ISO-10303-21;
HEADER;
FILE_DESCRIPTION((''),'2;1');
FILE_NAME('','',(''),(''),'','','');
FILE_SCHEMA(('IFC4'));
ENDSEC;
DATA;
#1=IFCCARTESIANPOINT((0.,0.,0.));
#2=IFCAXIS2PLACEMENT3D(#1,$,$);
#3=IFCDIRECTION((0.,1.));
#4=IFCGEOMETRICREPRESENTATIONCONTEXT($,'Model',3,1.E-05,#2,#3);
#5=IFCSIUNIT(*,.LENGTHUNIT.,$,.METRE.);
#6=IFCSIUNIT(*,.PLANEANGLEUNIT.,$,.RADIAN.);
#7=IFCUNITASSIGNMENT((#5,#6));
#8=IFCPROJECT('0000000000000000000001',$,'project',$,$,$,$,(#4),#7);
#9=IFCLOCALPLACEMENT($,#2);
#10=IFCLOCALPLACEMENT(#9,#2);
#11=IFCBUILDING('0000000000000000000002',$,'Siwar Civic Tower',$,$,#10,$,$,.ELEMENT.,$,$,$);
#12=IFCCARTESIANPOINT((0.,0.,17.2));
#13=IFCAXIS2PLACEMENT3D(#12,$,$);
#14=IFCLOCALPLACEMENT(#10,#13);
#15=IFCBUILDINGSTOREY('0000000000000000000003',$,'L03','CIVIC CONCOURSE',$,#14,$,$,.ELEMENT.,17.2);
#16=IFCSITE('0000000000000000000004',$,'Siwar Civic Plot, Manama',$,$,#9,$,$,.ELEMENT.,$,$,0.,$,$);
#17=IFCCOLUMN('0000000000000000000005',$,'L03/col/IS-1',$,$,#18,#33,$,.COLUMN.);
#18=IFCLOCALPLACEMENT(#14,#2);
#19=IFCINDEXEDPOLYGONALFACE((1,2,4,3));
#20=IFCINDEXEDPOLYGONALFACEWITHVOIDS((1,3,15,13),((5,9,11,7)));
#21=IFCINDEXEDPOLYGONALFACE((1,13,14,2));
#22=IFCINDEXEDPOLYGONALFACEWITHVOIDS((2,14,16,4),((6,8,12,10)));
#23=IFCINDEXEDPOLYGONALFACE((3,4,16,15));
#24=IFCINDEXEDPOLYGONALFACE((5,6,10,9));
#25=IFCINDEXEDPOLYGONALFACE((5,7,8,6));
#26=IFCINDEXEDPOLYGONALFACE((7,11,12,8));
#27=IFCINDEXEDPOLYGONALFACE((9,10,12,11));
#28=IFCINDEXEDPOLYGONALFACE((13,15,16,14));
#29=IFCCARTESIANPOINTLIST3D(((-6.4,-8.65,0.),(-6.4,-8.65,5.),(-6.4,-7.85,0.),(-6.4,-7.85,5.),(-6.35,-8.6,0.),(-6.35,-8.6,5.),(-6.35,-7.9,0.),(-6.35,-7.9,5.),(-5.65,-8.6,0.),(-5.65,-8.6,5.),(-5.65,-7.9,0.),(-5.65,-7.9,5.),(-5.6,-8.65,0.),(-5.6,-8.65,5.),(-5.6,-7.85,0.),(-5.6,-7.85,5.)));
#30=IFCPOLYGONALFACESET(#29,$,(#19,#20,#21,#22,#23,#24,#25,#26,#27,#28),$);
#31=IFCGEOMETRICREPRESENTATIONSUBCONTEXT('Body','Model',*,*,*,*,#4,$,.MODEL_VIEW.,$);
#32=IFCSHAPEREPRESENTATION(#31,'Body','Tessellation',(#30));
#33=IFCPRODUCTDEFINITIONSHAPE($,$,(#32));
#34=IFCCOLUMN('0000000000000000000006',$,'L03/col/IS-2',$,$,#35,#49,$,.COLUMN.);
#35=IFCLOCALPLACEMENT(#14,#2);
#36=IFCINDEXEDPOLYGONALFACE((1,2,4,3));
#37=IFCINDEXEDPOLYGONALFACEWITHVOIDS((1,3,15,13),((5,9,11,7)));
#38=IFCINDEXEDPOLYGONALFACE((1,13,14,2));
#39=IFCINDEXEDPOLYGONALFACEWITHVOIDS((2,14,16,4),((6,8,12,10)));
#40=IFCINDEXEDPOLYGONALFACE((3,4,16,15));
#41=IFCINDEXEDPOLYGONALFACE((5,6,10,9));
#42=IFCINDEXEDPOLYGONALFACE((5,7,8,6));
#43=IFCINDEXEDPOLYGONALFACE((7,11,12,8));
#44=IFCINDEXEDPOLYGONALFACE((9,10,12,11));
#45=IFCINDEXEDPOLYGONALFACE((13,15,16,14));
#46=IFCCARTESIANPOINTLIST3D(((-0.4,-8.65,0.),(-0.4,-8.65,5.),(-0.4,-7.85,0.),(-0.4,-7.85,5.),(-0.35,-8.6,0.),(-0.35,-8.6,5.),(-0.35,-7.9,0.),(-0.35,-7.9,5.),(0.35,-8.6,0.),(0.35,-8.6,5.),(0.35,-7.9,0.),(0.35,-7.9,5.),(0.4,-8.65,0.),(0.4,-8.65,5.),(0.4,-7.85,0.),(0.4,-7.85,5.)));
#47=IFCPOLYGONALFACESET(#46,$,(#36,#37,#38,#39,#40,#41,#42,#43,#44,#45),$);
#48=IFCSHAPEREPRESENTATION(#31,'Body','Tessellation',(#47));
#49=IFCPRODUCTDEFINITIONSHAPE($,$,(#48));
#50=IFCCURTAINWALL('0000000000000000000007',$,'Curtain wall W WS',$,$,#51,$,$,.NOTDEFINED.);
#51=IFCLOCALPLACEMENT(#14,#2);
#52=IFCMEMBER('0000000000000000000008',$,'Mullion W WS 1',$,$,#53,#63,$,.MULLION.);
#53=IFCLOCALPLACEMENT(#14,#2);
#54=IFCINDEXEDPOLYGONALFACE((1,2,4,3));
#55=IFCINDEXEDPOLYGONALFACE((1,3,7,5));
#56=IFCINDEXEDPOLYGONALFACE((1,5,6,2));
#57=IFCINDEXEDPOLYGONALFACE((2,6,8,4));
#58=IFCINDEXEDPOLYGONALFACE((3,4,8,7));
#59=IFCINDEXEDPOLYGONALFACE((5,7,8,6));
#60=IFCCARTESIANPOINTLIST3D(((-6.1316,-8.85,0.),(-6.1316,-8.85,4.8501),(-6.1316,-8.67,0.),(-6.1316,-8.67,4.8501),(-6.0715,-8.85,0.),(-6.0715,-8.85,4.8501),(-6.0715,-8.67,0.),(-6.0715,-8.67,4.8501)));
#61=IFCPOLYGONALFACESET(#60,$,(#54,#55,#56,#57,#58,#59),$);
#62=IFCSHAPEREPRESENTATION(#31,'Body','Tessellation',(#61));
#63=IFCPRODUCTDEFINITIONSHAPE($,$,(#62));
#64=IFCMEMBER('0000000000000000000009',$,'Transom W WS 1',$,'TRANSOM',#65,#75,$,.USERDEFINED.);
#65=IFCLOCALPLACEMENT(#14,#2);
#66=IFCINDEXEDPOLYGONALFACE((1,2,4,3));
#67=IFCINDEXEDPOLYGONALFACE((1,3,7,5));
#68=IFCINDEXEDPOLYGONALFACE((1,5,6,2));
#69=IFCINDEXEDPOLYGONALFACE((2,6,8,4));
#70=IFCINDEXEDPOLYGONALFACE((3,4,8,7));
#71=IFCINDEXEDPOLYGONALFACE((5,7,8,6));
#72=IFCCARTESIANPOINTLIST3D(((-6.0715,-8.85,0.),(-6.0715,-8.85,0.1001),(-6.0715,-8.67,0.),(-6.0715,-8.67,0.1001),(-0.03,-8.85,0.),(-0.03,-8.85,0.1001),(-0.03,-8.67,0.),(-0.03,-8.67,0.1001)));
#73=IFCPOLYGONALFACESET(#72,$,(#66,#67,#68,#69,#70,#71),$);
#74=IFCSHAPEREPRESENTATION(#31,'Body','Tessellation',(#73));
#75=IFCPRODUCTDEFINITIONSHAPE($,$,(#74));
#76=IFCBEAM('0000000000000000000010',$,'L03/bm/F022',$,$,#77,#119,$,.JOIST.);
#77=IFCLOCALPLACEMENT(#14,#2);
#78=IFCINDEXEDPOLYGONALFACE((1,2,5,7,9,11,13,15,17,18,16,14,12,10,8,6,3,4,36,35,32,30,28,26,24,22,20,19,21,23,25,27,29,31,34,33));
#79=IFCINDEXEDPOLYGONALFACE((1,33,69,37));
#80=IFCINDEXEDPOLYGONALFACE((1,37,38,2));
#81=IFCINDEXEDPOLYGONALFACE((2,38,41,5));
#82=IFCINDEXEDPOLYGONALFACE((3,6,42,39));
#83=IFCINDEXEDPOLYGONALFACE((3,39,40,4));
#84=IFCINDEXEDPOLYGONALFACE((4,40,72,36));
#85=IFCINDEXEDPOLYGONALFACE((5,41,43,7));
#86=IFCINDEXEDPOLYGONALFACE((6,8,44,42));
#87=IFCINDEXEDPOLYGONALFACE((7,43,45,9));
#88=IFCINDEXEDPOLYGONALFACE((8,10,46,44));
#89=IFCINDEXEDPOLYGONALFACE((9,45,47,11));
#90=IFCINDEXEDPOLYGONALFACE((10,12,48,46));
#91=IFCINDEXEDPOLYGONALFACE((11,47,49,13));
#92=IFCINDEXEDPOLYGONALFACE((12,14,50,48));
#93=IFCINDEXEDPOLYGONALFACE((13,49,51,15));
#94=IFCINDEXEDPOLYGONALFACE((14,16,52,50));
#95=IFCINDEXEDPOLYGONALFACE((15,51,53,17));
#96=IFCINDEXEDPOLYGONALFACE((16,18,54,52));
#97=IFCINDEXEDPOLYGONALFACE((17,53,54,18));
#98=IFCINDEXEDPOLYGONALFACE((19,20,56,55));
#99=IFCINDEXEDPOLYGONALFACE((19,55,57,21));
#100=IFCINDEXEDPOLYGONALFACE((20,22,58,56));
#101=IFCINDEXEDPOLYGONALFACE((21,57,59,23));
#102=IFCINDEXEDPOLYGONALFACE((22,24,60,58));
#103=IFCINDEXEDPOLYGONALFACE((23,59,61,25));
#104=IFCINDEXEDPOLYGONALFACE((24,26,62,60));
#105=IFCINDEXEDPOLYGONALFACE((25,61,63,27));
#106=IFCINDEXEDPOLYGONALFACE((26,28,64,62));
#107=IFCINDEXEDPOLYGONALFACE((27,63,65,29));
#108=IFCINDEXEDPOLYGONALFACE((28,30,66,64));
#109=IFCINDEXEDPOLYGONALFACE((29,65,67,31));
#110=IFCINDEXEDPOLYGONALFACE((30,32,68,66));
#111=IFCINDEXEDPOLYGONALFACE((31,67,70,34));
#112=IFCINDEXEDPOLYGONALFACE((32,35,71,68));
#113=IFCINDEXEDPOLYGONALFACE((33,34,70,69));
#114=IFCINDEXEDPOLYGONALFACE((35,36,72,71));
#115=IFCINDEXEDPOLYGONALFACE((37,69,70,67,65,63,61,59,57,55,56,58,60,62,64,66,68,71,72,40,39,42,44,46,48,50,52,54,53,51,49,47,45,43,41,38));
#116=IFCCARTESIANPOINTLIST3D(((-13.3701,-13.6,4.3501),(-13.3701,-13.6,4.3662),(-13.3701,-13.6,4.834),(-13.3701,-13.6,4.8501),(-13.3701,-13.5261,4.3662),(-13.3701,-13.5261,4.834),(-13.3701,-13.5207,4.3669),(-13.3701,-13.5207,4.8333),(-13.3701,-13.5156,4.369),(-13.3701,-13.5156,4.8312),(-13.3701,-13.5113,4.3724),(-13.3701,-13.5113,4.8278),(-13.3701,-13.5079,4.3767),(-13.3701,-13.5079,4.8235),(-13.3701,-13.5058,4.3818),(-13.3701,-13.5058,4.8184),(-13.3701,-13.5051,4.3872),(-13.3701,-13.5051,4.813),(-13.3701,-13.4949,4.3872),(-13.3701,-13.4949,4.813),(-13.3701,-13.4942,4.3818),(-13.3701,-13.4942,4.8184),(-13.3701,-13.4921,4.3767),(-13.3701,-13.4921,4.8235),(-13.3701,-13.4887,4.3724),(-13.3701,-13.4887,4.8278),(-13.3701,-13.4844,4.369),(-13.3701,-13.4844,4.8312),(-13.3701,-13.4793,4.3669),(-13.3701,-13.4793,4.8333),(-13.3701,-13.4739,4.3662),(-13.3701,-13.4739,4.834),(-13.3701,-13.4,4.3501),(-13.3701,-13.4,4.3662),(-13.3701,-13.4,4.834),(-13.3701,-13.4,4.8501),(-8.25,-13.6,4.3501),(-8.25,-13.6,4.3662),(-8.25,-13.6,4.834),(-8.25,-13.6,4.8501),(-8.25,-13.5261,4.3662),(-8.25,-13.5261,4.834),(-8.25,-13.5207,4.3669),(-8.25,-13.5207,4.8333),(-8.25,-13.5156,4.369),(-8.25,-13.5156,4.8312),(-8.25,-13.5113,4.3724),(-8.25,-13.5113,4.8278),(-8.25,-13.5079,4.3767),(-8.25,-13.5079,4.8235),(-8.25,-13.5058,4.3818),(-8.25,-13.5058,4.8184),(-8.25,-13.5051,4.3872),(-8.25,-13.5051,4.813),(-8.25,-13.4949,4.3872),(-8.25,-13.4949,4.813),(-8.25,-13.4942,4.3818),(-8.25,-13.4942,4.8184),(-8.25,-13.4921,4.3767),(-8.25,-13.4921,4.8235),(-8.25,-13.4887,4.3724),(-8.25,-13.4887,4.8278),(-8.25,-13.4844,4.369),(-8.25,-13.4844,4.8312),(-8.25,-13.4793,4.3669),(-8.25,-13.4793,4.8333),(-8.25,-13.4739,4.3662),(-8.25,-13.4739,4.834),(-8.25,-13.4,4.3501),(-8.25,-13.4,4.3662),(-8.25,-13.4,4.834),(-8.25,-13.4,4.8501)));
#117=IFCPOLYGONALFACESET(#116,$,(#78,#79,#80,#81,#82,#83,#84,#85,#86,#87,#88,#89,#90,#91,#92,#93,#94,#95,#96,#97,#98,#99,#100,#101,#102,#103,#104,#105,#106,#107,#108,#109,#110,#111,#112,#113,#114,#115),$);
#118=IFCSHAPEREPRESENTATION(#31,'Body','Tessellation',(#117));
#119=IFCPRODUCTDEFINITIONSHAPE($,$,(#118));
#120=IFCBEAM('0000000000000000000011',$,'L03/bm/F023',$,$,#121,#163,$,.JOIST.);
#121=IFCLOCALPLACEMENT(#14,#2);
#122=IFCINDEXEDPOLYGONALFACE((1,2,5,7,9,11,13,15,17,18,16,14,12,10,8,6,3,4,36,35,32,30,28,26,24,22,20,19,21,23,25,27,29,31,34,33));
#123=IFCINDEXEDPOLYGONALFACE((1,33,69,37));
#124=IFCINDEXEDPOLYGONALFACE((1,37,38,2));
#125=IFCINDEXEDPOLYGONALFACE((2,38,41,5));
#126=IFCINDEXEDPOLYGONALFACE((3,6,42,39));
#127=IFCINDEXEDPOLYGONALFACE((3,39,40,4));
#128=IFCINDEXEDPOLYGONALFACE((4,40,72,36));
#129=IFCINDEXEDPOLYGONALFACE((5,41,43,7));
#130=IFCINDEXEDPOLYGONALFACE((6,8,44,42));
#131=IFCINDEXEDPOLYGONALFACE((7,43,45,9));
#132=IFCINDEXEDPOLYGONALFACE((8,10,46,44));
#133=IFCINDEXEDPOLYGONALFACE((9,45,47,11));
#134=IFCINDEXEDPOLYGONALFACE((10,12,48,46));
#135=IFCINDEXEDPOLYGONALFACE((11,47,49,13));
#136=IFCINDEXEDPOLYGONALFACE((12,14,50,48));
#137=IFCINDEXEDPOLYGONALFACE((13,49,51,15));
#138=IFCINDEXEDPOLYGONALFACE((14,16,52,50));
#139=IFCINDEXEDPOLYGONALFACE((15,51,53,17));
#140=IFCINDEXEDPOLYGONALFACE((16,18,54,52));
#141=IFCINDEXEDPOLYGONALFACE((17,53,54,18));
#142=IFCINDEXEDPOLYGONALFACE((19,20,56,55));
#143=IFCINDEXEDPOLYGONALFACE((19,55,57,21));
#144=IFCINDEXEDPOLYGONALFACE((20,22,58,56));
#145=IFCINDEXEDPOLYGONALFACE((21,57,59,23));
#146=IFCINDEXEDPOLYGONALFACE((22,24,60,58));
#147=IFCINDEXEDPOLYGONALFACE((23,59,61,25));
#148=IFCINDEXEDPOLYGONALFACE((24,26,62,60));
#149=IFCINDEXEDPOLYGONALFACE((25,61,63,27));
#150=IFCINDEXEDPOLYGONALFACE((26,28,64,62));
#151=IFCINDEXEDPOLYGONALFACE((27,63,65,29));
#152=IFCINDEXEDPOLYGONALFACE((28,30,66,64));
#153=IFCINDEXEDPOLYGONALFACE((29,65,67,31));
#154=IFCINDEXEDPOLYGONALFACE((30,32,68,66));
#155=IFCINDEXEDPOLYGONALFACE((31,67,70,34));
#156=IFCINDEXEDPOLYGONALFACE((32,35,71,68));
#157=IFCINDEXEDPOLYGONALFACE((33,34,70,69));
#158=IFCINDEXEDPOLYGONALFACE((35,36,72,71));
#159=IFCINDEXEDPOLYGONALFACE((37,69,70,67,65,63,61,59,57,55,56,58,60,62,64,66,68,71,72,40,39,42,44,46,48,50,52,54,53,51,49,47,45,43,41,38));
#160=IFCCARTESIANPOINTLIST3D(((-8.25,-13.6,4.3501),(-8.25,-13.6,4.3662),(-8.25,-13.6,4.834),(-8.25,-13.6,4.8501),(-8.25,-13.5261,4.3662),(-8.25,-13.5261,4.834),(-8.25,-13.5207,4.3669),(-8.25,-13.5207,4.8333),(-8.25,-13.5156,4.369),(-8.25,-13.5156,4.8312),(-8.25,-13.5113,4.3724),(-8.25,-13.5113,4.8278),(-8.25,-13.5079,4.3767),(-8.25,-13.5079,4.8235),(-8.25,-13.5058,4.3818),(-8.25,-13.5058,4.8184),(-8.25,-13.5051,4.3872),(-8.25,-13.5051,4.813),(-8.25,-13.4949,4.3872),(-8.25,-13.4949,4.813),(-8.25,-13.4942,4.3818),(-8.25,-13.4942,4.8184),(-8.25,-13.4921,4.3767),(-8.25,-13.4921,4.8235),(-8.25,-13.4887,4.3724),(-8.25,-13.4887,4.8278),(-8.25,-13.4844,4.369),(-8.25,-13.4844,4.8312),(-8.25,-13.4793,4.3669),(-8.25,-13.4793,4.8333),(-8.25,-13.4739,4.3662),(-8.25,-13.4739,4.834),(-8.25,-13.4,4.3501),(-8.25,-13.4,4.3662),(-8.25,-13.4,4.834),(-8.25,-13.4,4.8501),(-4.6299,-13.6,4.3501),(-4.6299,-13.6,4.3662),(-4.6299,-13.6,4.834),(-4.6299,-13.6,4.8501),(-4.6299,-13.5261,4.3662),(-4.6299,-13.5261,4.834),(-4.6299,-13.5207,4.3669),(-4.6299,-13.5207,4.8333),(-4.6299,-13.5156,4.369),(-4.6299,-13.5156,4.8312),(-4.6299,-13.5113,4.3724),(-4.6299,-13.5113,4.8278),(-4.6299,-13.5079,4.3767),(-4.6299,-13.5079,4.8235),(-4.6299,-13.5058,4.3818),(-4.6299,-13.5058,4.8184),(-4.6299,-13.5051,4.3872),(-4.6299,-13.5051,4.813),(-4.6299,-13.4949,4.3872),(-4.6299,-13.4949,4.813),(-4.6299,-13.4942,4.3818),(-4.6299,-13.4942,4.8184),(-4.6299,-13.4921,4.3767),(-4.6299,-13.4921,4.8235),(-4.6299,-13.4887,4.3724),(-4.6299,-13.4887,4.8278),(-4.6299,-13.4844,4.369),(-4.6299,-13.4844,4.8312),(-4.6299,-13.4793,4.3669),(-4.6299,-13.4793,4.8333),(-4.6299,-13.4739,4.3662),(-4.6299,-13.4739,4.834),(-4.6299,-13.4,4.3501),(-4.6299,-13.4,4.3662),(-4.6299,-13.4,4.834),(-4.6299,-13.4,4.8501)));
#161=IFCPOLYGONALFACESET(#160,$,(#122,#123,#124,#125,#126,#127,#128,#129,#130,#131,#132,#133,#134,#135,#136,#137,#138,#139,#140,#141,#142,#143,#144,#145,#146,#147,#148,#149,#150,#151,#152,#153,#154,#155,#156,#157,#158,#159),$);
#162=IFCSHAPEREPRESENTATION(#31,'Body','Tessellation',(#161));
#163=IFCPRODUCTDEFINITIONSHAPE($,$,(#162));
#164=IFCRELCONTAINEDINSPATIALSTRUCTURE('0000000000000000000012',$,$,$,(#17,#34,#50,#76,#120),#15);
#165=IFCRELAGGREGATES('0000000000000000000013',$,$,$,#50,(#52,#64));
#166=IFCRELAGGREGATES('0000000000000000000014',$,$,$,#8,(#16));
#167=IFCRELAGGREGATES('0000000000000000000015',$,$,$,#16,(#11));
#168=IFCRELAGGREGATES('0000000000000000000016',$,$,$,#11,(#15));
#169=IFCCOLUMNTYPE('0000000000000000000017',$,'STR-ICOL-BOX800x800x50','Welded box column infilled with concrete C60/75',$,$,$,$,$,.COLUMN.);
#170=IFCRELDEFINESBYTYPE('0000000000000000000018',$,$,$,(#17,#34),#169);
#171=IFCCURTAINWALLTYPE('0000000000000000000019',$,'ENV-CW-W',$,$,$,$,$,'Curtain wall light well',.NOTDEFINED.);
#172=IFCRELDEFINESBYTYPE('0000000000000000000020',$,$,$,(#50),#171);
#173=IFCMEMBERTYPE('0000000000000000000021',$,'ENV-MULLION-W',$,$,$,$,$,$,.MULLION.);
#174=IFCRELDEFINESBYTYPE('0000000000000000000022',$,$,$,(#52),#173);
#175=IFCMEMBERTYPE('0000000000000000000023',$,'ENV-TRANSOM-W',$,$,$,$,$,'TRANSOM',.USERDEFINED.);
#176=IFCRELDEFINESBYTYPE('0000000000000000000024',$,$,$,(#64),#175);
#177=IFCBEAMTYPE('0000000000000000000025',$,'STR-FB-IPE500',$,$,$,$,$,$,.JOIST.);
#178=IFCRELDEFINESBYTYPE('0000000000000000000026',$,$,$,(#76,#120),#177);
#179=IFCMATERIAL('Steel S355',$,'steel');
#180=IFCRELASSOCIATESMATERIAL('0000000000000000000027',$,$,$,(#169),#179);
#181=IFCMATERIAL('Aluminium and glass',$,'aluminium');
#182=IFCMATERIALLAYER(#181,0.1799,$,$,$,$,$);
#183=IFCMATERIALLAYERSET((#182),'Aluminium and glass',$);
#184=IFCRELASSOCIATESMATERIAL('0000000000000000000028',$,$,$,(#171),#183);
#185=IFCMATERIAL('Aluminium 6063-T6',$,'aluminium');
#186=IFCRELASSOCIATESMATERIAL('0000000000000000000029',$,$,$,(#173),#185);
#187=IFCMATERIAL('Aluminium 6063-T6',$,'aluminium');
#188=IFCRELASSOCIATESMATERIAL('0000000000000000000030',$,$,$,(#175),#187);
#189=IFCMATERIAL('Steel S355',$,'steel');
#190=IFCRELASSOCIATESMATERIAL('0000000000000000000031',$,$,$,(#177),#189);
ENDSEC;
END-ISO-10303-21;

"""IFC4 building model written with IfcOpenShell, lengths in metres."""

from ifc_helpers import new_model, si_unit, direction, frame, origin, origin_2d, place, context, subcontext, project, spatial, rectangle, hollow_rectangle, i_section, extrude, material, layer, layer_set, material_profile, profile_set, type_object, element, aggregate, save


model = new_model("IFC4")

# Units and contexts
model_context = context("Model", 3, precision=1e-05, world=origin(), true_north=direction((0.0, 1.0)))
body_context = subcontext(model_context, "Body", "Model", "MODEL_VIEW")
ifc_project = project(units=[si_unit("LENGTHUNIT", "METRE"), si_unit("PLANEANGLEUNIT", "RADIAN")], contexts=[model_context])

# Site, building, storey
site_placement = place(None, origin())
site = spatial("IfcSite", under=ifc_project, at=site_placement, Name="Siwar Civic Plot, Manama", CompositionType="ELEMENT", RefElevation=0.0)
building_placement = place(site_placement, origin())
building = spatial("IfcBuilding", under=site, at=building_placement, Name="Siwar Civic Tower", CompositionType="ELEMENT")
storey_placement = place(building_placement, frame((0.0, 0.0, 17.2)))
storey = spatial("IfcBuildingStorey", under=building, at=storey_placement, Name="L03", Description="CIVIC CONCOURSE", CompositionType="ELEMENT", Elevation=17.2)

# Columns
ifc_material_1 = material(Name="Steel S355", Category="steel")
ifc_material_profile_1 = material_profile(ifc_material_1, hollow_rectangle(XDim=0.8, YDim=0.8, WallThickness=0.05, at=origin_2d()), Name="BOX800x800x50")
ifc_profile_set_1 = profile_set([ifc_material_profile_1], Name="Steel S355")
column_type = type_object("IfcColumnType", Name="STR-ICOL-BOX800x800x50", Description="Welded box column infilled with concrete C60/75", PredefinedType="COLUMN", material=ifc_profile_set_1)
for number, where, z_axis, x_axis, name in (
    (1, (-6.0, -8.25, 0.0), (0.0, 0.0, 1.0), (1.0, 0.0, 0.0), "L03/col/IS-1"),
    (2, (0.0, -8.25, 0.0), (0.0, 0.0, 1.0), (1.0, 0.0, 0.0), "L03/col/IS-2"),
):
    element("IfcColumn", number, at=place(storey_placement, frame(where, z_axis=z_axis, x_axis=x_axis)), inside=storey, type_object=column_type, Name=name, PredefinedType="COLUMN", context=body_context, shape_type="SweptSolid", body=[
        extrude(hollow_rectangle(XDim=0.8, YDim=0.8, WallThickness=0.05, at=origin_2d()), origin(), (0.0, 0.0, 1.0), 5.0),
    ])

# Curtain wall, members
ifc_material_2 = material(Name="Aluminium and glass", Category="aluminium")
ifc_layer_1 = layer(ifc_material_2, 0.1799)
ifc_layer_set_1 = layer_set([ifc_layer_1], Name="Aluminium and glass")
curtain_wall_type = type_object("IfcCurtainWallType", Name="ENV-CW-W", ElementType="Curtain wall light well", PredefinedType="NOTDEFINED", material=ifc_layer_set_1)
curtain_wall_placement = place(storey_placement, origin())
curtain_wall = element("IfcCurtainWall", 3, at=curtain_wall_placement, inside=storey, type_object=curtain_wall_type, Name="Curtain wall W WS", PredefinedType="NOTDEFINED")
ifc_material_3 = material(Name="Aluminium 6063-T6", Category="aluminium")
ifc_material_profile_2 = material_profile(ifc_material_3, rectangle(XDim=0.1799, YDim=0.0601, at=origin_2d()), Name="AL 180x60")
ifc_profile_set_2 = profile_set([ifc_material_profile_2], Name="Aluminium 6063-T6")
member_type_1 = type_object("IfcMemberType", Name="ENV-MULLION-W", PredefinedType="MULLION", material=ifc_profile_set_2)
member_1_placement = place(storey_placement, frame((-6.1016, -8.76, 0.0), z_axis=(0.0, 0.0, 1.0), x_axis=(0.0, 1.0, 0.0)))
member_1 = element("IfcMember", 4, at=member_1_placement, type_object=member_type_1, Name="Mullion W WS 1", PredefinedType="MULLION", context=body_context, shape_type="SweptSolid", body=[
    extrude(rectangle(XDim=0.1799, YDim=0.0601, at=origin_2d()), origin(), (0.0, 0.0, 1.0), 4.8501),
])
ifc_material_4 = material(Name="Aluminium 6063-T6", Category="aluminium")
ifc_material_profile_3 = material_profile(ifc_material_4, rectangle(XDim=0.1799, YDim=0.1001, at=origin_2d()), Name="AL 180x100")
ifc_profile_set_3 = profile_set([ifc_material_profile_3], Name="Aluminium 6063-T6")
member_type_2 = type_object("IfcMemberType", Name="ENV-TRANSOM-W", ElementType="TRANSOM", PredefinedType="USERDEFINED", material=ifc_profile_set_3)
member_2_placement = place(storey_placement, frame((-6.0715, -8.76, 0.05), z_axis=(1.0, 0.0, 0.0), x_axis=(0.0, 1.0, 0.0)))
member_2 = element("IfcMember", 5, at=member_2_placement, type_object=member_type_2, Name="Transom W WS 1", ObjectType="TRANSOM", PredefinedType="USERDEFINED", context=body_context, shape_type="SweptSolid", body=[
    extrude(rectangle(XDim=0.1799, YDim=0.1001, at=origin_2d()), origin(), (0.0, 0.0, 1.0), 6.0415),
])

# Beams
ifc_material_5 = material(Name="Steel S355", Category="steel")
ifc_material_profile_4 = material_profile(ifc_material_5, i_section(OverallWidth=0.2, OverallDepth=0.5, WebThickness=0.0103, FlangeThickness=0.0161, FilletRadius=0.021, at=origin_2d()), Name="IPE500")
ifc_profile_set_4 = profile_set([ifc_material_profile_4], Name="Steel S355")
beam_type_1 = type_object("IfcBeamType", Name="STR-FB-IPE500", PredefinedType="JOIST", material=ifc_profile_set_4)
beam_1_placement = place(storey_placement, frame((-13.3701, -13.5, 4.6001), z_axis=(1.0, 0.0, 0.0), x_axis=(0.0, 1.0, 0.0)))
element("IfcBeam", 6, at=beam_1_placement, inside=storey, type_object=beam_type_1, Name="L03/bm/F022", PredefinedType="JOIST", context=body_context, shape_type="SweptSolid", body=[
    extrude(i_section(OverallWidth=0.2, OverallDepth=0.5, WebThickness=0.0103, FlangeThickness=0.0161, FilletRadius=0.021, at=origin_2d()), origin(), (0.0, 0.0, 1.0), 5.1201),
])
beam_2_placement = place(storey_placement, frame((-8.25, -13.5, 4.6001), z_axis=(1.0, 0.0, 0.0), x_axis=(0.0, 1.0, 0.0)))
element("IfcBeam", 7, at=beam_2_placement, inside=storey, type_object=beam_type_1, Name="L03/bm/F023", PredefinedType="JOIST", context=body_context, shape_type="SweptSolid", body=[
    extrude(i_section(OverallWidth=0.2, OverallDepth=0.5, WebThickness=0.0103, FlangeThickness=0.0161, FilletRadius=0.021, at=origin_2d()), origin(), (0.0, 0.0, 1.0), 3.6201),
])

aggregate(curtain_wall, [member_1, member_2])

save(model, "model.ifc")
